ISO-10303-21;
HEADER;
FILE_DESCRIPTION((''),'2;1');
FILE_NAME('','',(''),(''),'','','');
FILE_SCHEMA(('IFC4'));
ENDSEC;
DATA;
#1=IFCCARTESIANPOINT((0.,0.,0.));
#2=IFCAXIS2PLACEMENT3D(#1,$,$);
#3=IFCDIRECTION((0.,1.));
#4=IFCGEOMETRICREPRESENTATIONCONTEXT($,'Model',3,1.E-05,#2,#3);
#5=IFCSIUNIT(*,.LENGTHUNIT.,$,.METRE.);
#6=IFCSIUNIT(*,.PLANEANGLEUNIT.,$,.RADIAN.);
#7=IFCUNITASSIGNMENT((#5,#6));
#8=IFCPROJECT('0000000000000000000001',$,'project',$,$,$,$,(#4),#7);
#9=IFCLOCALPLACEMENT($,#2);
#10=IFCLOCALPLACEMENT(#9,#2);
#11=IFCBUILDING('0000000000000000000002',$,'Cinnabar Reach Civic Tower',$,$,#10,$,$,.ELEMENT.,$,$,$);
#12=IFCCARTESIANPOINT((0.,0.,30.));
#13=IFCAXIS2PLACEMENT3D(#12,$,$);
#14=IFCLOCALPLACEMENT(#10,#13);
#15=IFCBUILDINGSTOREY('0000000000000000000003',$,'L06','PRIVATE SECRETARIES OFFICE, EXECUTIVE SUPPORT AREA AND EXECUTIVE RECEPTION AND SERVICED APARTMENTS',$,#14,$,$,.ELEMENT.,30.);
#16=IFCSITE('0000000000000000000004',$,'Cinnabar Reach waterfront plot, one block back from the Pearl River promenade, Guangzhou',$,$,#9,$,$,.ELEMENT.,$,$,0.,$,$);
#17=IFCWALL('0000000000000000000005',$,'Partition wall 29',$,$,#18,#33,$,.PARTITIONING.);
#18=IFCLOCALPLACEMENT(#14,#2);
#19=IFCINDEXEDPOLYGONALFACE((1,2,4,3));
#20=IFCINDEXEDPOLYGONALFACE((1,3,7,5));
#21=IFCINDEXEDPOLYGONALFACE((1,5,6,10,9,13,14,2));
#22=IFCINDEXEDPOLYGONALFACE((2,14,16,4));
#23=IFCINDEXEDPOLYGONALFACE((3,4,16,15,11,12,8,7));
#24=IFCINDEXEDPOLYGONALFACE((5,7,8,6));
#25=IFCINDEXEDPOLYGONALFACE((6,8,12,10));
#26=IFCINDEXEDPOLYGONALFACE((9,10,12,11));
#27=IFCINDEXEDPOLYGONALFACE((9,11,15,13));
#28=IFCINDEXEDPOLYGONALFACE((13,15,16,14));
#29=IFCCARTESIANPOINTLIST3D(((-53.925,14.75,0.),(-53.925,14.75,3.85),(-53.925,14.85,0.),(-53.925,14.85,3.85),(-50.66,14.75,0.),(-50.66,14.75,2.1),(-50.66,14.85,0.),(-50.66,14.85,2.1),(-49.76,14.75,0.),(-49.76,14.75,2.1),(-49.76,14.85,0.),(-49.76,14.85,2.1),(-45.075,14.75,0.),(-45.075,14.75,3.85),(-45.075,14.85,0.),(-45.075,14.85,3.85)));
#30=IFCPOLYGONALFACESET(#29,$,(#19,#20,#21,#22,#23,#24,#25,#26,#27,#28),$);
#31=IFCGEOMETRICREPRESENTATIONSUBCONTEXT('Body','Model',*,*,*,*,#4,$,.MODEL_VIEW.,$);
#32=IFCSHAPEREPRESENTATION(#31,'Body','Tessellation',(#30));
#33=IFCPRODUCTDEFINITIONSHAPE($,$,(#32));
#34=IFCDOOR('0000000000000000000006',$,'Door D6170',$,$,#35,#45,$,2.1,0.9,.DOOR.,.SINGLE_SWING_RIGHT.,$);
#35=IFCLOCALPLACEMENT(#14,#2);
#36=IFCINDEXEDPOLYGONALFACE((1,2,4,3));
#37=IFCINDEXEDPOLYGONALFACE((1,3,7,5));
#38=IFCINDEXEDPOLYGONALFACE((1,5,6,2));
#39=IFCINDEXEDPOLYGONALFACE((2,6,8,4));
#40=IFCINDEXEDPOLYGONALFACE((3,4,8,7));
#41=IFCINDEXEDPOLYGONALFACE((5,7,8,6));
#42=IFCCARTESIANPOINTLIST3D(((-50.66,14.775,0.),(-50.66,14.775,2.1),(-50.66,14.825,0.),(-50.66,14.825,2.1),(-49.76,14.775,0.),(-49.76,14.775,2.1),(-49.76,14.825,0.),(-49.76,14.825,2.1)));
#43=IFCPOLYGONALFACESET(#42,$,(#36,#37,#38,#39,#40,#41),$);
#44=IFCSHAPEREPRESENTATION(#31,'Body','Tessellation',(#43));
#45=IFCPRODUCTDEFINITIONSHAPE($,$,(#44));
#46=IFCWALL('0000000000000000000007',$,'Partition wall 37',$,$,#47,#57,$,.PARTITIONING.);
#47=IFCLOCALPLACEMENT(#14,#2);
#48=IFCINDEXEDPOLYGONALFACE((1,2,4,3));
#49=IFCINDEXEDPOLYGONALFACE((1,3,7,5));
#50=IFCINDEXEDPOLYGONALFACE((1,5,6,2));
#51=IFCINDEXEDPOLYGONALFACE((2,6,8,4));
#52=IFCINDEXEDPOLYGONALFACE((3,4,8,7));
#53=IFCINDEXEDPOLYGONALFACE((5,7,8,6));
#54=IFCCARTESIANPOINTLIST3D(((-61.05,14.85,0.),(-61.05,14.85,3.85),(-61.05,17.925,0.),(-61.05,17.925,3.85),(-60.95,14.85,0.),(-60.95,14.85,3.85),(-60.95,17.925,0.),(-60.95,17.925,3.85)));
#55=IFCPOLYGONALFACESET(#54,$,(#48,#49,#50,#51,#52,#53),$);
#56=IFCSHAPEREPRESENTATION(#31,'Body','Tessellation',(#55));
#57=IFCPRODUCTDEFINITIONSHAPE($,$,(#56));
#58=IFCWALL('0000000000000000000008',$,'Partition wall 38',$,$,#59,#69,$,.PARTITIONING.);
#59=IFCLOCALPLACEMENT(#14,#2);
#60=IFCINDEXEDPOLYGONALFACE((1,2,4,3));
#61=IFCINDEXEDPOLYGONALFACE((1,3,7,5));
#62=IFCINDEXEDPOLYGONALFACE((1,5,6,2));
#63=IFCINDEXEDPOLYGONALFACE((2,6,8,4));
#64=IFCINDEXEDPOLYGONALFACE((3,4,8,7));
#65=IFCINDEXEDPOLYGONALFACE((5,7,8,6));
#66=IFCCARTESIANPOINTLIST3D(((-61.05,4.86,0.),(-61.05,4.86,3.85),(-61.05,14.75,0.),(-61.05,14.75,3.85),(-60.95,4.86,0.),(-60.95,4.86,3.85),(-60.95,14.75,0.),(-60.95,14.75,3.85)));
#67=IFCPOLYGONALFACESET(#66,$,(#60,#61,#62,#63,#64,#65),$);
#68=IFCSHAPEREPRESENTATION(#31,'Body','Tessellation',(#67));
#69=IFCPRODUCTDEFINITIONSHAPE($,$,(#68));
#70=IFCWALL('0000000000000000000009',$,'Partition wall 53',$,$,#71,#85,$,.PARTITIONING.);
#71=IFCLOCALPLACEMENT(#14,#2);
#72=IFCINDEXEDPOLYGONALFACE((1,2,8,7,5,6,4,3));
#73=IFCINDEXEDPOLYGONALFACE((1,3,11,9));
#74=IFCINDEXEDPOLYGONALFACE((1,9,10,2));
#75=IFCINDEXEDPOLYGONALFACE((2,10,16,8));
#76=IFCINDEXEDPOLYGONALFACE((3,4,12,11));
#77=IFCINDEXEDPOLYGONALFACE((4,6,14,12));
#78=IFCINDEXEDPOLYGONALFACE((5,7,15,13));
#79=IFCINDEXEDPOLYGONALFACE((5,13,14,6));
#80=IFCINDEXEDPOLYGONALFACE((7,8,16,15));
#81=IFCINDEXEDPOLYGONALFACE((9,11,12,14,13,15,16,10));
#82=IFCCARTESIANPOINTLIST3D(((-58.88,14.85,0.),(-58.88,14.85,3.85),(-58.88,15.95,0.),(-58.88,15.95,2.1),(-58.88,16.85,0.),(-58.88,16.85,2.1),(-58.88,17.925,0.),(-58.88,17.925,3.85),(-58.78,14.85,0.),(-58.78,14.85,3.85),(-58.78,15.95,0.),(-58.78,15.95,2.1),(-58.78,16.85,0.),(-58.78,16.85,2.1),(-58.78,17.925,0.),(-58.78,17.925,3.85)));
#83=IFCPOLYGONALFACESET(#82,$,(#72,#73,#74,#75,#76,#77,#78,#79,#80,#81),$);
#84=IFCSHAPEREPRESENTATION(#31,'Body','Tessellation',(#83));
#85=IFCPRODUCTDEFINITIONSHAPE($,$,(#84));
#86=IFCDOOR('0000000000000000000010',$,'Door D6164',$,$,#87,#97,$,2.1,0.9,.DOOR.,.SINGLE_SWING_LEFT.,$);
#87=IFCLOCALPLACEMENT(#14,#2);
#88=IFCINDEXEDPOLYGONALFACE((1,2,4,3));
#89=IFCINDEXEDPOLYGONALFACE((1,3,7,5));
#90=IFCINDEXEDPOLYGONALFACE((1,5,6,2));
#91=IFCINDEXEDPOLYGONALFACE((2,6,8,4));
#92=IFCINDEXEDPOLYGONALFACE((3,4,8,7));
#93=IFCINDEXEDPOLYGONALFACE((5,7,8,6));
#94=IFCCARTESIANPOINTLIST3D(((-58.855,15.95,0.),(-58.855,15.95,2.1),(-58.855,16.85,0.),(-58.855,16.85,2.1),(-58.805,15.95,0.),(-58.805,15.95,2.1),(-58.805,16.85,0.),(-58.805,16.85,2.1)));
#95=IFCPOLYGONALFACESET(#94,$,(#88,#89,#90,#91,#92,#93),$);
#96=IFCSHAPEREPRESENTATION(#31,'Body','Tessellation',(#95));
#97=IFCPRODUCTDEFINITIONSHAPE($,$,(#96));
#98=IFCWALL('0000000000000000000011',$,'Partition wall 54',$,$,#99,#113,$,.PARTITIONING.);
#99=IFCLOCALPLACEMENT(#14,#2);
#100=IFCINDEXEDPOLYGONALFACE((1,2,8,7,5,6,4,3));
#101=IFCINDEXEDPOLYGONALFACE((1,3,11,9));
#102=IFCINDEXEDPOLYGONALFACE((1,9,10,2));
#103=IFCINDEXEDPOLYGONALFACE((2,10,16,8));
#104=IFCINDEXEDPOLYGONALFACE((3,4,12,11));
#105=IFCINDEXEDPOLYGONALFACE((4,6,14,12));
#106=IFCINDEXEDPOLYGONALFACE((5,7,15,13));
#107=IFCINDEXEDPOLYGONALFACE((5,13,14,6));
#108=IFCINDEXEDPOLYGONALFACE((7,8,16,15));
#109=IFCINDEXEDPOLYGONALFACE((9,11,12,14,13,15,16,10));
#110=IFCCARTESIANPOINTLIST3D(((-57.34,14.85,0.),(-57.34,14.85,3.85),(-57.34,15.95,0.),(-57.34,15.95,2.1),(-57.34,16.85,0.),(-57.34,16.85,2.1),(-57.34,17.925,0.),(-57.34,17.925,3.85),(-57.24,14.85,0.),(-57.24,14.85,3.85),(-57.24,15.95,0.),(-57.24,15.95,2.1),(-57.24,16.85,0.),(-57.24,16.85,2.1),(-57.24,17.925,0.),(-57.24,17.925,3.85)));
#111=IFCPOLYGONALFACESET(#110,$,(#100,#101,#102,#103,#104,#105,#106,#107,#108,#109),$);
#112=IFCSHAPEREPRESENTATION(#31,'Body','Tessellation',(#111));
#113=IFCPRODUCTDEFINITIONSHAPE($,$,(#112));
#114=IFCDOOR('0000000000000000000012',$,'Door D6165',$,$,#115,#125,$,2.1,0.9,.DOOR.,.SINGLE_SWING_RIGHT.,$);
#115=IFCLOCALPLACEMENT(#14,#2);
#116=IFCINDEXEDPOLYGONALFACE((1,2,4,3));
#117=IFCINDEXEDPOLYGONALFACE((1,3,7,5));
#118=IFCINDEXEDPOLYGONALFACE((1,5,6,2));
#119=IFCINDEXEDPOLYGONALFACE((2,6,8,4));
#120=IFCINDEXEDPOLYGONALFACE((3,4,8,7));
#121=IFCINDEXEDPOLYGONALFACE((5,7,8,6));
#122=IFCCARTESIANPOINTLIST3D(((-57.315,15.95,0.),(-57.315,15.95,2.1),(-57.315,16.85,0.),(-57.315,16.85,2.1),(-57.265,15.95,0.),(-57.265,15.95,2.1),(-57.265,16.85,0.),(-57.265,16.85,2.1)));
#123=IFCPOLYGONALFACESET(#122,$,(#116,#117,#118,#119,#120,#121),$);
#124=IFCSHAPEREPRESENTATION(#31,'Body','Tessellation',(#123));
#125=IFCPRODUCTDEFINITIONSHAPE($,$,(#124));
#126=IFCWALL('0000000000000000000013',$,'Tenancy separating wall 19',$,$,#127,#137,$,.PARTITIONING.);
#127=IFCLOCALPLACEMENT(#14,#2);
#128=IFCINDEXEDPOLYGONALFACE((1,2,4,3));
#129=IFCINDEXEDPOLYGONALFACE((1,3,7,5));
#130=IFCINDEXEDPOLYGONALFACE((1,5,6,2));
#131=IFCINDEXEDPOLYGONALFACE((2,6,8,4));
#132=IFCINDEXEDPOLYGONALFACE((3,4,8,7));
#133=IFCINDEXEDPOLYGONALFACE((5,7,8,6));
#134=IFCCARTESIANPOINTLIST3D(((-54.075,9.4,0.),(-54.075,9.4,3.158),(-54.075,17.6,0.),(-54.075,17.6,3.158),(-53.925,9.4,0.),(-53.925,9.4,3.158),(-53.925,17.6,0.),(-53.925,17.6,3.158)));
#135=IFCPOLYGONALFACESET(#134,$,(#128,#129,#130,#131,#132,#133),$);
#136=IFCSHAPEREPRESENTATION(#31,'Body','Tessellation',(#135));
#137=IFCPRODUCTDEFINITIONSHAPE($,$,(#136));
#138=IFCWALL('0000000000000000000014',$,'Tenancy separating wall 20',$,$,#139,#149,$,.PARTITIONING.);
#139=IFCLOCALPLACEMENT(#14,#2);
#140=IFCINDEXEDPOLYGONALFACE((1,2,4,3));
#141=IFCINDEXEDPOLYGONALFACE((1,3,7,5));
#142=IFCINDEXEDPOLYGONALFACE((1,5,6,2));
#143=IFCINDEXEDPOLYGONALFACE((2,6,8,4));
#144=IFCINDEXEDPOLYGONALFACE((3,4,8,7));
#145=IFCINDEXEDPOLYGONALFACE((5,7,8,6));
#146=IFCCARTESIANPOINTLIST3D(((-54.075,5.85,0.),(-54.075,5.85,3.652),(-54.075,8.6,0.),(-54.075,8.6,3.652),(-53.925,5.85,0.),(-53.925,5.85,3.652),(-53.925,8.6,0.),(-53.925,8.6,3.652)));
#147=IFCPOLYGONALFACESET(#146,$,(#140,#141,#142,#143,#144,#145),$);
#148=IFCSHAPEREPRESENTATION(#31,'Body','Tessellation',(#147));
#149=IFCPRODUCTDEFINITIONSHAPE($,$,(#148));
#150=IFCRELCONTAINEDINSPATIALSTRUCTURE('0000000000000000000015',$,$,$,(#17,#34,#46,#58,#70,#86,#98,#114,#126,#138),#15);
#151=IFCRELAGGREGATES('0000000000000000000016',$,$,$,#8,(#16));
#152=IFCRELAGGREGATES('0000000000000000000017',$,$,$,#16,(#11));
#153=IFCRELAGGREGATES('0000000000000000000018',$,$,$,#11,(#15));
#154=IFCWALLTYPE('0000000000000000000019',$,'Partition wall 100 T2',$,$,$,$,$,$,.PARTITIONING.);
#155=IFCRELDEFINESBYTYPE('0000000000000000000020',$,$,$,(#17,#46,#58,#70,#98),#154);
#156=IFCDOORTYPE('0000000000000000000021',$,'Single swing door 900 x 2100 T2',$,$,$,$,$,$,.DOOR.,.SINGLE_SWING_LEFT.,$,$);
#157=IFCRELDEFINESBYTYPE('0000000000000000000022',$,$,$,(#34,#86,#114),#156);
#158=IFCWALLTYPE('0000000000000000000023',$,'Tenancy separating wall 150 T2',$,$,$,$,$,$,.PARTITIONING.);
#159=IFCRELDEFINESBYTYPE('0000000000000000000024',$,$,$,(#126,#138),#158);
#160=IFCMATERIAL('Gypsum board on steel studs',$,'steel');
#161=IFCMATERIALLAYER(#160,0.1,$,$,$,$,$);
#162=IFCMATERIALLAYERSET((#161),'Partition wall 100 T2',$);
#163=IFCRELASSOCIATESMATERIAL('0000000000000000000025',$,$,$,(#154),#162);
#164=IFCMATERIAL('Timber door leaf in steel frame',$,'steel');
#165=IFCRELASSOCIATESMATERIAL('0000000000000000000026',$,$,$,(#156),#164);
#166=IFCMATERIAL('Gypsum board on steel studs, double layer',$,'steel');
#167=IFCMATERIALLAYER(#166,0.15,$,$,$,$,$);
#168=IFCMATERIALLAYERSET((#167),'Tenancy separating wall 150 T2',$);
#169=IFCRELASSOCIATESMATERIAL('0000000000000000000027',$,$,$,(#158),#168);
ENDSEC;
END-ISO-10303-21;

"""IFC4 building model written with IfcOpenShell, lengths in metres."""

from ifc_helpers import new_model, si_unit, direction, frame, frame_2d, origin, place, context, subcontext, project, spatial, rectangle, extrude, material, layer, layer_set, type_object, element, fill, save


model = new_model("IFC4")

# Units and contexts
model_context = context("Model", 3, precision=1e-05, world=origin(), true_north=direction((0.0, 1.0)))
body_context = subcontext(model_context, "Body", "Model", "MODEL_VIEW")
ifc_project = project(units=[si_unit("LENGTHUNIT", "METRE"), si_unit("PLANEANGLEUNIT", "RADIAN")], contexts=[model_context])

# Site, building, storey
site_placement = place(None, origin())
site = spatial("IfcSite", under=ifc_project, at=site_placement, Name="Cinnabar Reach waterfront plot, one block back from the Pearl River promenade, Guangzhou", CompositionType="ELEMENT", RefElevation=0.0)
building_placement = place(site_placement, origin())
building = spatial("IfcBuilding", under=site, at=building_placement, Name="Cinnabar Reach Civic Tower", CompositionType="ELEMENT")
storey_placement = place(building_placement, frame((0.0, 0.0, 30.0)))
storey = spatial("IfcBuildingStorey", under=building, at=storey_placement, Name="L06", Description="PRIVATE SECRETARIES OFFICE, EXECUTIVE SUPPORT AREA AND EXECUTIVE RECEPTION AND SERVICED APARTMENTS", CompositionType="ELEMENT", Elevation=30.0)

# Wall, opening, door
ifc_material_1 = material(Name="Gypsum board on steel studs", Category="steel")
ifc_layer_1 = layer(ifc_material_1, 0.1)
ifc_layer_set_1 = layer_set([ifc_layer_1], Name="Partition wall 100 T2")
wall_type_1 = type_object("IfcWallType", Name="Partition wall 100 T2", PredefinedType="PARTITIONING", material=ifc_layer_set_1)
ifc_material_2 = material(Name="Timber door leaf in steel frame", Category="steel")
door_type = type_object("IfcDoorType", Name="Single swing door 900 x 2100 T2", OperationType="SINGLE_SWING_LEFT", PredefinedType="DOOR", material=ifc_material_2)
wall_1_placement = place(storey_placement, frame((-53.925, 14.8, 0.0), z_axis=(0.0, 0.0, 1.0), x_axis=(1.0, 0.0, 0.0)))
wall_1 = element("IfcWall", 1, at=wall_1_placement, inside=storey, type_object=wall_type_1, Name="Partition wall 29", PredefinedType="PARTITIONING", context=body_context, shape_type="SweptSolid", body=[
    extrude(rectangle(XDim=8.85, YDim=0.1, at=frame_2d((4.425, 0.0))), origin(), (0.0, 0.0, 1.0), 3.85),
])
opening_1_placement = place(wall_1_placement, frame((3.265, 0.0, 0.0)))
opening_1 = element("IfcOpeningElement", 2, at=opening_1_placement, cuts=wall_1, PredefinedType="OPENING", context=body_context, shape_type="SweptSolid", body=[
    extrude(rectangle(XDim=0.9, YDim=2.1, at=frame_2d((0.45, 1.05))), frame((0.0, 0.06, 0.0), z_axis=(0.0, -1.0, 0.0), x_axis=(1.0, 0.0, 0.0)), (0.0, 0.0, 1.0), 0.12),
])
door_1_placement = place(opening_1_placement, origin())
door_1 = element("IfcDoor", 3, at=door_1_placement, inside=storey, type_object=door_type, Name="Door D6170", OperationType="SINGLE_SWING_RIGHT", OverallHeight=2.1, OverallWidth=0.9, PredefinedType="DOOR", context=body_context, shape_type="SweptSolid", body=[
    extrude(rectangle(XDim=0.9, YDim=2.1, at=frame_2d((0.45, 1.05))), frame((0.0, 0.025, 0.0), z_axis=(0.0, -1.0, 0.0), x_axis=(1.0, 0.0, 0.0)), (0.0, 0.0, 1.0), 0.05),
])
fill(opening_1, door_1)

# Walls
wall_2_placement = place(storey_placement, frame((-61.0, 14.85, 0.0), z_axis=(0.0, 0.0, 1.0), x_axis=(0.0, 1.0, 0.0)))
element("IfcWall", 4, at=wall_2_placement, inside=storey, type_object=wall_type_1, Name="Partition wall 37", PredefinedType="PARTITIONING", context=body_context, shape_type="SweptSolid", body=[
    extrude(rectangle(XDim=3.075, YDim=0.1, at=frame_2d((1.5375, 0.0))), origin(), (0.0, 0.0, 1.0), 3.85),
])
wall_3_placement = place(storey_placement, frame((-61.0, 4.86, 0.0), z_axis=(0.0, 0.0, 1.0), x_axis=(0.0, 1.0, 0.0)))
element("IfcWall", 5, at=wall_3_placement, inside=storey, type_object=wall_type_1, Name="Partition wall 38", PredefinedType="PARTITIONING", context=body_context, shape_type="SweptSolid", body=[
    extrude(rectangle(XDim=9.89, YDim=0.1, at=frame_2d((4.945, 0.0))), origin(), (0.0, 0.0, 1.0), 3.85),
])

# Walls, openings, doors
wall_4_placement = place(storey_placement, frame((-58.83, 14.85, 0.0), z_axis=(0.0, 0.0, 1.0), x_axis=(0.0, 1.0, 0.0)))
wall_4 = element("IfcWall", 6, at=wall_4_placement, inside=storey, type_object=wall_type_1, Name="Partition wall 53", PredefinedType="PARTITIONING", context=body_context, shape_type="SweptSolid", body=[
    extrude(rectangle(XDim=3.075, YDim=0.1, at=frame_2d((1.5375, 0.0))), origin(), (0.0, 0.0, 1.0), 3.85),
])
opening_2_placement = place(wall_4_placement, frame((1.1, 0.0, 0.0)))
opening_2 = element("IfcOpeningElement", 7, at=opening_2_placement, cuts=wall_4, PredefinedType="OPENING", context=body_context, shape_type="SweptSolid", body=[
    extrude(rectangle(XDim=0.9, YDim=2.1, at=frame_2d((0.45, 1.05))), frame((0.0, 0.06, 0.0), z_axis=(0.0, -1.0, 0.0), x_axis=(1.0, 0.0, 0.0)), (0.0, 0.0, 1.0), 0.12),
])
door_2_placement = place(opening_2_placement, origin())
door_2 = element("IfcDoor", 8, at=door_2_placement, inside=storey, type_object=door_type, Name="Door D6164", OperationType="SINGLE_SWING_LEFT", OverallHeight=2.1, OverallWidth=0.9, PredefinedType="DOOR", context=body_context, shape_type="SweptSolid", body=[
    extrude(rectangle(XDim=0.9, YDim=2.1, at=frame_2d((0.45, 1.05))), frame((0.0, 0.025, 0.0), z_axis=(0.0, -1.0, 0.0), x_axis=(1.0, 0.0, 0.0)), (0.0, 0.0, 1.0), 0.05),
])
fill(opening_2, door_2)
wall_5_placement = place(storey_placement, frame((-57.29, 14.85, 0.0), z_axis=(0.0, 0.0, 1.0), x_axis=(0.0, 1.0, 0.0)))
wall_5 = element("IfcWall", 9, at=wall_5_placement, inside=storey, type_object=wall_type_1, Name="Partition wall 54", PredefinedType="PARTITIONING", context=body_context, shape_type="SweptSolid", body=[
    extrude(rectangle(XDim=3.075, YDim=0.1, at=frame_2d((1.5375, 0.0))), origin(), (0.0, 0.0, 1.0), 3.85),
])
opening_3_placement = place(wall_5_placement, frame((1.1, 0.0, 0.0)))
opening_3 = element("IfcOpeningElement", 10, at=opening_3_placement, cuts=wall_5, PredefinedType="OPENING", context=body_context, shape_type="SweptSolid", body=[
    extrude(rectangle(XDim=0.9, YDim=2.1, at=frame_2d((0.45, 1.05))), frame((0.0, 0.06, 0.0), z_axis=(0.0, -1.0, 0.0), x_axis=(1.0, 0.0, 0.0)), (0.0, 0.0, 1.0), 0.12),
])
door_3_placement = place(opening_3_placement, origin())
door_3 = element("IfcDoor", 11, at=door_3_placement, inside=storey, type_object=door_type, Name="Door D6165", OperationType="SINGLE_SWING_RIGHT", OverallHeight=2.1, OverallWidth=0.9, PredefinedType="DOOR", context=body_context, shape_type="SweptSolid", body=[
    extrude(rectangle(XDim=0.9, YDim=2.1, at=frame_2d((0.45, 1.05))), frame((0.0, 0.025, 0.0), z_axis=(0.0, -1.0, 0.0), x_axis=(1.0, 0.0, 0.0)), (0.0, 0.0, 1.0), 0.05),
])
fill(opening_3, door_3)

# Walls
ifc_material_3 = material(Name="Gypsum board on steel studs, double layer", Category="steel")
ifc_layer_2 = layer(ifc_material_3, 0.15)
ifc_layer_set_2 = layer_set([ifc_layer_2], Name="Tenancy separating wall 150 T2")
wall_type_2 = type_object("IfcWallType", Name="Tenancy separating wall 150 T2", PredefinedType="PARTITIONING", material=ifc_layer_set_2)
wall_6_placement = place(storey_placement, frame((-54.0, 9.4, 0.0), z_axis=(0.0, 0.0, 1.0), x_axis=(0.0, 1.0, 0.0)))
element("IfcWall", 12, at=wall_6_placement, inside=storey, type_object=wall_type_2, Name="Tenancy separating wall 19", PredefinedType="PARTITIONING", context=body_context, shape_type="SweptSolid", body=[
    extrude(rectangle(XDim=8.2, YDim=0.15, at=frame_2d((4.1, 0.0))), origin(), (0.0, 0.0, 1.0), 3.158),
])
wall_7_placement = place(storey_placement, frame((-54.0, 5.85, 0.0), z_axis=(0.0, 0.0, 1.0), x_axis=(0.0, 1.0, 0.0)))
element("IfcWall", 13, at=wall_7_placement, inside=storey, type_object=wall_type_2, Name="Tenancy separating wall 20", PredefinedType="PARTITIONING", context=body_context, shape_type="SweptSolid", body=[
    extrude(rectangle(XDim=2.75, YDim=0.15, at=frame_2d((1.375, 0.0))), origin(), (0.0, 0.0, 1.0), 3.652),
])

save(model, "model.ifc")
